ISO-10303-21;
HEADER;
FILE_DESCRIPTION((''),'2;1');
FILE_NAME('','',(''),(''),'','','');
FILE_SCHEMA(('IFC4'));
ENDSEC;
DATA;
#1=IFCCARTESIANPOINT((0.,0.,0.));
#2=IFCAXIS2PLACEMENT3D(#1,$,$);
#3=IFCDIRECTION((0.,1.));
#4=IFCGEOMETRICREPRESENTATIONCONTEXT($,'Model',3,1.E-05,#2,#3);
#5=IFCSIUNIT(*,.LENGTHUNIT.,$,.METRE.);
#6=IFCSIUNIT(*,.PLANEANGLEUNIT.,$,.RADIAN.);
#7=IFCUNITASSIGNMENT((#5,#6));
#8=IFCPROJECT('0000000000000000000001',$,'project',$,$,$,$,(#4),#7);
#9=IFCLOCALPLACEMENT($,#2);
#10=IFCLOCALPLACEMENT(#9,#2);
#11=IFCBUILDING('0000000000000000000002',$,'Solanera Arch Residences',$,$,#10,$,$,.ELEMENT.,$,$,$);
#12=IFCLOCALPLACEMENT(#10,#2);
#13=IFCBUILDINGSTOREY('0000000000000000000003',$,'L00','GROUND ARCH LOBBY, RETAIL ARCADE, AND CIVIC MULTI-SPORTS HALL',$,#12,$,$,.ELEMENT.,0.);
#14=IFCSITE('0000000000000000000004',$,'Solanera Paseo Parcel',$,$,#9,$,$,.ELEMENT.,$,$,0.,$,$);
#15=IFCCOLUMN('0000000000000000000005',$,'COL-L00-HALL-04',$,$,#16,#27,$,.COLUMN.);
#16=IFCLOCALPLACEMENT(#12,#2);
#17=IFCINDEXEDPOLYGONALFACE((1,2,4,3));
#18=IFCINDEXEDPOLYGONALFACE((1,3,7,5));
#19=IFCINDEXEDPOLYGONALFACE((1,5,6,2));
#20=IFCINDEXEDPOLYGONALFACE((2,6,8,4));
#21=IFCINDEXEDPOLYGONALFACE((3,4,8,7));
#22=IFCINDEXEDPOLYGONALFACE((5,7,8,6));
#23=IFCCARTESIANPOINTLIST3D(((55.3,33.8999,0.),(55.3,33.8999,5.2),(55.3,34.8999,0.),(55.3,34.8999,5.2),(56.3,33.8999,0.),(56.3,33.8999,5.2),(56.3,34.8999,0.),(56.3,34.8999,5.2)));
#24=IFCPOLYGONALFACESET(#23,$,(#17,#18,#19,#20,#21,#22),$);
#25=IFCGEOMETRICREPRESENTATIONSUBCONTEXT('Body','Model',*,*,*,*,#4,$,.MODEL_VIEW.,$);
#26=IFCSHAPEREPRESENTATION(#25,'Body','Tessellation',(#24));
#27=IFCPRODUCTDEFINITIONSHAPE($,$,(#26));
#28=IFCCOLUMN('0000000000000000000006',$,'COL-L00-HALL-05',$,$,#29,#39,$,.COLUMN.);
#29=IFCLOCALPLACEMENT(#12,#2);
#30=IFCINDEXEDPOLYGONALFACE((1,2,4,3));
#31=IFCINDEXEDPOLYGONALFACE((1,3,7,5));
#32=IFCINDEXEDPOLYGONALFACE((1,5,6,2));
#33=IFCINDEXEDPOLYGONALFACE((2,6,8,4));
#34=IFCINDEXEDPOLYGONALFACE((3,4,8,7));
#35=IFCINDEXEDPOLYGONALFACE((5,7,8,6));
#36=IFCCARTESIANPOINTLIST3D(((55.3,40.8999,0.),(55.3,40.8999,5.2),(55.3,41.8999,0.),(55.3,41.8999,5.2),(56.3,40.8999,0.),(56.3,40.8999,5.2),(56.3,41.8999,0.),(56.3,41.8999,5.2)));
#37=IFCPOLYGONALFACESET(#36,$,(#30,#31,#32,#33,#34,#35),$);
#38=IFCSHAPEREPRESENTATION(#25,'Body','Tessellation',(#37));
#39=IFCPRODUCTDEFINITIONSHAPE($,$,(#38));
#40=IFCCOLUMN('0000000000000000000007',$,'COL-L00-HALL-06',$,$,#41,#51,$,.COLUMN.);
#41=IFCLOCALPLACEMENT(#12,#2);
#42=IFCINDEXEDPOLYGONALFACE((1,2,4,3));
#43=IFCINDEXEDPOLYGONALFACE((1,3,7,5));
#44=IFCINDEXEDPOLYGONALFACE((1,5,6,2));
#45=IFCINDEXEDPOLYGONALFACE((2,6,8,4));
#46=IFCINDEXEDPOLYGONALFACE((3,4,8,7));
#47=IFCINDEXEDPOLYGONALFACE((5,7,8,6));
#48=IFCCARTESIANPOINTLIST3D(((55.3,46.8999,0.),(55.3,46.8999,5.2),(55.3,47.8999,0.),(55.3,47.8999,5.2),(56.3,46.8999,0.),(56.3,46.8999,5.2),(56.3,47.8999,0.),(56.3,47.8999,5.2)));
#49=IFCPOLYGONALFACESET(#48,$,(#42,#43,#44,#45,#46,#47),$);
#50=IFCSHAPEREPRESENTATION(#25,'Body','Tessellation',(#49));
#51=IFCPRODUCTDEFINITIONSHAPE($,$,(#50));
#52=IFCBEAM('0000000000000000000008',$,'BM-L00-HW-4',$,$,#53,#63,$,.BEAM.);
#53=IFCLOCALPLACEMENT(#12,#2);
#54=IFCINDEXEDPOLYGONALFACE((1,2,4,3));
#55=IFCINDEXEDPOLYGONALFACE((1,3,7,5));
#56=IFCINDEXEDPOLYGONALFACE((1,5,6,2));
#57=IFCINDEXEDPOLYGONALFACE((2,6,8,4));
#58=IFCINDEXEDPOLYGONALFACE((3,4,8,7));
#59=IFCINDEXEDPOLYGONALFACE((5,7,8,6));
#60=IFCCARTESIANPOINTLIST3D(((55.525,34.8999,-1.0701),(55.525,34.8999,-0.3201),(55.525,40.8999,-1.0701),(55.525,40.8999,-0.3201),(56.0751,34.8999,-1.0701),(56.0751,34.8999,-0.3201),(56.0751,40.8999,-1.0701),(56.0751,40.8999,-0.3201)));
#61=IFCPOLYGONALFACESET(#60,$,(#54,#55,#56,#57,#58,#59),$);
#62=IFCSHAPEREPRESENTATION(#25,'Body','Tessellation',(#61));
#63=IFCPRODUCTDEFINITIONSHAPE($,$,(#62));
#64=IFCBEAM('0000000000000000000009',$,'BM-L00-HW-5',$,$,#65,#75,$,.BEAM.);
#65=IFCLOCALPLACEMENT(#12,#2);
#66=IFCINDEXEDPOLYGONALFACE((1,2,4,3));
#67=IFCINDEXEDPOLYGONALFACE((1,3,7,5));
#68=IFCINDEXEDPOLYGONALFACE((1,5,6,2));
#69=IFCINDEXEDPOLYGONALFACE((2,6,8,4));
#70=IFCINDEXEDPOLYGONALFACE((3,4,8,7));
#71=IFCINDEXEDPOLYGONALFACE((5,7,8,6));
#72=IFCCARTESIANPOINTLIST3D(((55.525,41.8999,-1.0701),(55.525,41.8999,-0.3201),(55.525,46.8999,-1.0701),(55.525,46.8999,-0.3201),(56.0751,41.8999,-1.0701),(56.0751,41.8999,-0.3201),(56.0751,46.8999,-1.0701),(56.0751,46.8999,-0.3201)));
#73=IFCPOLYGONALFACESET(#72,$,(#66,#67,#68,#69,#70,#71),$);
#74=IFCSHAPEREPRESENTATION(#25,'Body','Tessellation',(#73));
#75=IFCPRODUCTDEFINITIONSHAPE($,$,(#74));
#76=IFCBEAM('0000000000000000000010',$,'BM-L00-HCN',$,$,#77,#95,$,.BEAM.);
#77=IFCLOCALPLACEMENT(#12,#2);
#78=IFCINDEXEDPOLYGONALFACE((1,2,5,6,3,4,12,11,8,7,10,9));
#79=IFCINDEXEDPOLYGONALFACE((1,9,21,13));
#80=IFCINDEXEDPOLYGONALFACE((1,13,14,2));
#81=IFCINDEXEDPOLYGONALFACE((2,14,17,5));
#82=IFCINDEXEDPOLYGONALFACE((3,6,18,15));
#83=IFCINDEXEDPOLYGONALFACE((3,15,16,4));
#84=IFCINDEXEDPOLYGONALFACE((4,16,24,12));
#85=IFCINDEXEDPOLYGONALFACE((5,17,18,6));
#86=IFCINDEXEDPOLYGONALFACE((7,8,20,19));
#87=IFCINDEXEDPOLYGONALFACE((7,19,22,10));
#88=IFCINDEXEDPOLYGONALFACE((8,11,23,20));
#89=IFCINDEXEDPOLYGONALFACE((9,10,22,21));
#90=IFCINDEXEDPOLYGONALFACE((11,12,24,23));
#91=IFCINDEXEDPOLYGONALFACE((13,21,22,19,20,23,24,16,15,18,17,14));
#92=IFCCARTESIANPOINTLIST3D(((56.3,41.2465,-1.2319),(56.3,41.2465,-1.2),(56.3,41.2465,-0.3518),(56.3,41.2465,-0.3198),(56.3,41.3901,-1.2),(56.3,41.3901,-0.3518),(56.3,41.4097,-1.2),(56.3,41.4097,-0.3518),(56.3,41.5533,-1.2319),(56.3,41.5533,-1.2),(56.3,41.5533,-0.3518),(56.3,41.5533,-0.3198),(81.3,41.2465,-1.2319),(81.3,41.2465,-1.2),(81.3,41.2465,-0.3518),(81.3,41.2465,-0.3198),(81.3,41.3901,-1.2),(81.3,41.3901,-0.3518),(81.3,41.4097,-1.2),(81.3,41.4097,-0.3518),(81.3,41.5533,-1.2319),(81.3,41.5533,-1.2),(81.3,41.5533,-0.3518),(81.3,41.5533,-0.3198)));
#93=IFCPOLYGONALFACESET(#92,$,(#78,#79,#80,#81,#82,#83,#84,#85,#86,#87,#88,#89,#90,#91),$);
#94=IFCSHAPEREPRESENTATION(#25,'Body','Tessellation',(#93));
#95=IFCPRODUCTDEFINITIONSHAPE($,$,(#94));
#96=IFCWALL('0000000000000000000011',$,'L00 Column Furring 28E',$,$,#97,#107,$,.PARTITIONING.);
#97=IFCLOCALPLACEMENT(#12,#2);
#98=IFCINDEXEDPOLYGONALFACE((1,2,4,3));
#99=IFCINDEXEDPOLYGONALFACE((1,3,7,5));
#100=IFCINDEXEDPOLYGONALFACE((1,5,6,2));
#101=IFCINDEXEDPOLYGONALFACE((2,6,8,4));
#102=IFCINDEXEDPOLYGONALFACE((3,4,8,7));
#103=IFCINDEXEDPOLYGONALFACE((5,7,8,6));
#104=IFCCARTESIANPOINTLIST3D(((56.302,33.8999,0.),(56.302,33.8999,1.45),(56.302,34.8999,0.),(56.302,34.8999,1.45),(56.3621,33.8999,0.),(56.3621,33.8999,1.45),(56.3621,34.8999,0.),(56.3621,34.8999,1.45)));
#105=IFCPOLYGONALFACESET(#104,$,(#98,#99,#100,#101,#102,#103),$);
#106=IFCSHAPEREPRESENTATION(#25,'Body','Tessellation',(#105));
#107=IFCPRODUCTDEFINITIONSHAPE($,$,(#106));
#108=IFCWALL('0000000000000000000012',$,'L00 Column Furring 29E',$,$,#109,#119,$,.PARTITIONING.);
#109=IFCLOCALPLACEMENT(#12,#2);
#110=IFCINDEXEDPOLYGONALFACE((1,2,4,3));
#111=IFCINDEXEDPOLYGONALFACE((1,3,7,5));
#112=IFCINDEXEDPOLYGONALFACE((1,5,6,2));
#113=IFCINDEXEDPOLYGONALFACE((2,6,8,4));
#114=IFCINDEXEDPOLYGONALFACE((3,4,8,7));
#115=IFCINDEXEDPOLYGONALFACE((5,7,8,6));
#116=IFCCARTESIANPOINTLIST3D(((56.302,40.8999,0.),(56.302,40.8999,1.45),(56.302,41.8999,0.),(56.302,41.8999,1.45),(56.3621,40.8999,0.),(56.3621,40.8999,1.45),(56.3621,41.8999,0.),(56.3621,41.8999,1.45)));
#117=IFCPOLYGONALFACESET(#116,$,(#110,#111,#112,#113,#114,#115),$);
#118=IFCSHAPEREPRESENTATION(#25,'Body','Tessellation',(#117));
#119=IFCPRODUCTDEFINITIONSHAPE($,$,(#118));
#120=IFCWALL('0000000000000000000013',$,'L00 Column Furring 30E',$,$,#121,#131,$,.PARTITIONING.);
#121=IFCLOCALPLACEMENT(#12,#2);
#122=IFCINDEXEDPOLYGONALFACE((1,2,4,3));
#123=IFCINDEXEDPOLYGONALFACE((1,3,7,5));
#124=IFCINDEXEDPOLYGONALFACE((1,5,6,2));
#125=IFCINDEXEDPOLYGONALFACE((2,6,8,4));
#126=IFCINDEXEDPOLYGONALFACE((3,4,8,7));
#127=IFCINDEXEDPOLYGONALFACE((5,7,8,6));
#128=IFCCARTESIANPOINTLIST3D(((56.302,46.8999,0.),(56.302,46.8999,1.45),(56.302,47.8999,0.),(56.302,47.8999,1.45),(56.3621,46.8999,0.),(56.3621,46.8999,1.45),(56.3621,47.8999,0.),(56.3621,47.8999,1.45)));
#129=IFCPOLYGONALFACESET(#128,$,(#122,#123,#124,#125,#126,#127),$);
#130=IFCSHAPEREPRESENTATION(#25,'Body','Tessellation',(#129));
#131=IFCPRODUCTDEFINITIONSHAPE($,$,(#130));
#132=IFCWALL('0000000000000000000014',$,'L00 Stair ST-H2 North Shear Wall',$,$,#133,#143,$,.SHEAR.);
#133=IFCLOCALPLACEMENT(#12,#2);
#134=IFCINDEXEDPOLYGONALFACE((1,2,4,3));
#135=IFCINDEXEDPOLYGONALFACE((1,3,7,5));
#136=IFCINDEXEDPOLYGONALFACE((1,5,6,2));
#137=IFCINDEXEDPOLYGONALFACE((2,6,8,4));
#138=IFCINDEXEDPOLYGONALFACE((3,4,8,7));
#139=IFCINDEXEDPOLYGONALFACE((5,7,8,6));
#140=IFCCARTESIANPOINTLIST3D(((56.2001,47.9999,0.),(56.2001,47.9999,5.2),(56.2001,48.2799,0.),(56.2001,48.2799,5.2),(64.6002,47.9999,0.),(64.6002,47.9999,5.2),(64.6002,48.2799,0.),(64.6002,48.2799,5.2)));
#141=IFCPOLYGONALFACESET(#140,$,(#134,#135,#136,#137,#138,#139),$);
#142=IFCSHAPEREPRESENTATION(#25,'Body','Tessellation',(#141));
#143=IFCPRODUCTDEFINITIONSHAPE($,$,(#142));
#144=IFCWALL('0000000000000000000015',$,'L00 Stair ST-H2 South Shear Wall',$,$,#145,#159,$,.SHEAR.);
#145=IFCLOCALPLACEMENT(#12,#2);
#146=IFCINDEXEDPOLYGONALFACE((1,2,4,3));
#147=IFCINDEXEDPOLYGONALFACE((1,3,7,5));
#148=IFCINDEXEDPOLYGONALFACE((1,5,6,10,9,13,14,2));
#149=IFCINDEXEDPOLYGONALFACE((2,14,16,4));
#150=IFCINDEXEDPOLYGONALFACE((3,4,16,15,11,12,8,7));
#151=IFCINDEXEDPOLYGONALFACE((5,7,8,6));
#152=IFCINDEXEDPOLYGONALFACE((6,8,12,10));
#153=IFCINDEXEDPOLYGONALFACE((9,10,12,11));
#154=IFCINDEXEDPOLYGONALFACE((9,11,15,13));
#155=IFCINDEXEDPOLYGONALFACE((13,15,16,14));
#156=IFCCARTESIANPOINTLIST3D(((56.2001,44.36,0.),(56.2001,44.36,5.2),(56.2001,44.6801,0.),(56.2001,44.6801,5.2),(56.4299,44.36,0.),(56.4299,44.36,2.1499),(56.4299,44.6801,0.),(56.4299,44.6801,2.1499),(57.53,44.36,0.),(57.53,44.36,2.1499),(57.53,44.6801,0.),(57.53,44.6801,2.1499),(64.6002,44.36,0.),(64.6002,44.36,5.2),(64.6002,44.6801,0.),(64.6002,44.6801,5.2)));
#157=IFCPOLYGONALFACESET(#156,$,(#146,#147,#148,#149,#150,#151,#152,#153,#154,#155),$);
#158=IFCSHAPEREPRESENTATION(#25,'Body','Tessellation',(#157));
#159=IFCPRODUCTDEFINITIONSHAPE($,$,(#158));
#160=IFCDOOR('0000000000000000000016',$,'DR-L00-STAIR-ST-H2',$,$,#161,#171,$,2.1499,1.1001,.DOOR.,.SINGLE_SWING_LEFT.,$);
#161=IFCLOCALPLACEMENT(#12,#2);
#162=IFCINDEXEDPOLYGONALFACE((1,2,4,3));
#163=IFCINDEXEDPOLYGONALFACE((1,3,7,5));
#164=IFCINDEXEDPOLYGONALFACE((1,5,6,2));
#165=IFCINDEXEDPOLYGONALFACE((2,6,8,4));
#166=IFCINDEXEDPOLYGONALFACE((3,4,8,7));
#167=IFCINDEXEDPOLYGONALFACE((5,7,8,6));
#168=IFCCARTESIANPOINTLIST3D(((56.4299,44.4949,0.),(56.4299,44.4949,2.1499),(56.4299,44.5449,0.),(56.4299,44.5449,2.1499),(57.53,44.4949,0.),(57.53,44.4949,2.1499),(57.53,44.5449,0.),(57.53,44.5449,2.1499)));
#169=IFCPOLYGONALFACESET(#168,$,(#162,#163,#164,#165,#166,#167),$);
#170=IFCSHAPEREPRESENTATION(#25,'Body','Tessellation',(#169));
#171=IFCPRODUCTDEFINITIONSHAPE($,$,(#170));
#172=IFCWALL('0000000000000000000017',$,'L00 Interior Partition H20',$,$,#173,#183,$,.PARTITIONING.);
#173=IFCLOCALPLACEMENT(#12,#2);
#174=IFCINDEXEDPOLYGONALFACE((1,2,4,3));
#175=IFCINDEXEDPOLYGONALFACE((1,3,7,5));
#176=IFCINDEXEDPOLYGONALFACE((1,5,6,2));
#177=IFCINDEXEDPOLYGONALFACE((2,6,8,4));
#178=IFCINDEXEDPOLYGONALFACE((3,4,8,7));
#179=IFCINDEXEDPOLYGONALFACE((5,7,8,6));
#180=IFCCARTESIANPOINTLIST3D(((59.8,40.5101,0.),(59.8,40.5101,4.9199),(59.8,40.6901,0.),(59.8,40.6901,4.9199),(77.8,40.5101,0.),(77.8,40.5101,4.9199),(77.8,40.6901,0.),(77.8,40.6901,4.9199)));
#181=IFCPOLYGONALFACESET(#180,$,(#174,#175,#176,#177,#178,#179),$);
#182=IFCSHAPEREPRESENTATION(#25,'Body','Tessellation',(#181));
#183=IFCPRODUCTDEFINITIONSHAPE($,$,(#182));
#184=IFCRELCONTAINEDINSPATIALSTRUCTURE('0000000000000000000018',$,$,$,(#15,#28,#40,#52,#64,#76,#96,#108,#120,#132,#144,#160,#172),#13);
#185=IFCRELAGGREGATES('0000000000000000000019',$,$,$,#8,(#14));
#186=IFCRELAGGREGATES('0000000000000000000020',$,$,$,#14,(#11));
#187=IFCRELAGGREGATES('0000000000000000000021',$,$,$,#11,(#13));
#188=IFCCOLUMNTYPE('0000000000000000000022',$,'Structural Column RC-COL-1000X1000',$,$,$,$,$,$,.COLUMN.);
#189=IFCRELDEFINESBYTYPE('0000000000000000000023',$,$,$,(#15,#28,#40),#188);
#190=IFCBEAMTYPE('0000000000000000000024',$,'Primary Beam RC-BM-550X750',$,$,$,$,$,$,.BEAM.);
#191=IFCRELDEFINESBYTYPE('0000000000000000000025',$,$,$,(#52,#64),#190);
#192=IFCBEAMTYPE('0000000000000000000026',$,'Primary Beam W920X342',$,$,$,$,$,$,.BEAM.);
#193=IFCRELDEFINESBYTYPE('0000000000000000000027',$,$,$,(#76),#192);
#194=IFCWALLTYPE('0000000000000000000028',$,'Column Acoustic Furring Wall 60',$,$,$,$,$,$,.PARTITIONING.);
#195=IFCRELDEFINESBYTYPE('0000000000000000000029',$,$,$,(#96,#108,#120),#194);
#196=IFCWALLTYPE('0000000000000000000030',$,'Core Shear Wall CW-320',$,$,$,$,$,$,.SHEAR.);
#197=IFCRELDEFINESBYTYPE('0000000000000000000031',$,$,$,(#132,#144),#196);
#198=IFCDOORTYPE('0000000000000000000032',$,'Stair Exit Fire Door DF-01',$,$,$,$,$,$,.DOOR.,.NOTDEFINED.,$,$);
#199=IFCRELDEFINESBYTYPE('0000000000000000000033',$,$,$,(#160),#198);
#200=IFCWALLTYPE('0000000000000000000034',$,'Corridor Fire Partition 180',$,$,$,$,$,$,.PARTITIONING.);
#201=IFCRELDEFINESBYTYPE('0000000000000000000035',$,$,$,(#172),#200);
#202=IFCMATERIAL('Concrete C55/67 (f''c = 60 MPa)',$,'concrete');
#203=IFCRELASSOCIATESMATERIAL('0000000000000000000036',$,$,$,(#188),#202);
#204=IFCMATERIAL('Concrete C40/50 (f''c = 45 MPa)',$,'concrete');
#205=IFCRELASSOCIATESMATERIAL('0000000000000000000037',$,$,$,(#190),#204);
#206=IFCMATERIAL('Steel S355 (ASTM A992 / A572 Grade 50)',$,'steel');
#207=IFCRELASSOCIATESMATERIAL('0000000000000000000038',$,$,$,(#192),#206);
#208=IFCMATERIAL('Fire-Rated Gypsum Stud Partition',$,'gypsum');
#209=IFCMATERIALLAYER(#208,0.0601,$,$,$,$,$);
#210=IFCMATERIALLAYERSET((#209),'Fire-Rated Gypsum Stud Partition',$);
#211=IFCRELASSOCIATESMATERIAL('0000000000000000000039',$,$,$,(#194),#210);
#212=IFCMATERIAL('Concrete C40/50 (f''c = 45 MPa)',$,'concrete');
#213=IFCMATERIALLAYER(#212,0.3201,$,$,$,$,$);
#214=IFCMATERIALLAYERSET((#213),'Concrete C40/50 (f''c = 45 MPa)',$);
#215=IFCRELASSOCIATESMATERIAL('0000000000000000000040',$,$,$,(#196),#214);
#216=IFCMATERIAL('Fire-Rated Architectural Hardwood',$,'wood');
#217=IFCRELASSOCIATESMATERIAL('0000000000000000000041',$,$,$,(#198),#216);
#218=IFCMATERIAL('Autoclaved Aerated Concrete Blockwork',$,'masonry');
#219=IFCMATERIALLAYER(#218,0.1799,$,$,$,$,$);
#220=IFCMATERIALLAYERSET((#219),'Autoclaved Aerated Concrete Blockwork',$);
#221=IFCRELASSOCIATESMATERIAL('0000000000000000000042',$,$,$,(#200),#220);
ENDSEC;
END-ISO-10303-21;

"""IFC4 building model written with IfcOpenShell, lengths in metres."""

from ifc_helpers import new_model, si_unit, direction, frame, frame_2d, origin, origin_2d, place, context, subcontext, project, spatial, rectangle, i_section, extrude, material, layer, layer_set, material_profile, profile_set, type_object, element, fill, save


model = new_model("IFC4")

# Units and contexts
model_context = context("Model", 3, precision=1e-05, world=origin(), true_north=direction((0.0, 1.0)))
body_context = subcontext(model_context, "Body", "Model", "MODEL_VIEW")
ifc_project = project(units=[si_unit("LENGTHUNIT", "METRE"), si_unit("PLANEANGLEUNIT", "RADIAN")], contexts=[model_context])

# Site, building, storey
site_placement = place(None, origin())
site = spatial("IfcSite", under=ifc_project, at=site_placement, Name="Solanera Paseo Parcel", CompositionType="ELEMENT", RefElevation=0.0)
building_placement = place(site_placement, origin())
building = spatial("IfcBuilding", under=site, at=building_placement, Name="Solanera Arch Residences", CompositionType="ELEMENT")
storey_placement = place(building_placement, origin())
storey = spatial("IfcBuildingStorey", under=building, at=storey_placement, Name="L00", Description="GROUND ARCH LOBBY, RETAIL ARCADE, AND CIVIC MULTI-SPORTS HALL", CompositionType="ELEMENT", Elevation=0.0)

# Columns
ifc_material_1 = material(Name="Concrete C55/67 (f'c = 60 MPa)", Category="concrete")
ifc_material_profile_1 = material_profile(ifc_material_1, rectangle(XDim=1.0, YDim=1.0, at=origin_2d()))
ifc_profile_set_1 = profile_set([ifc_material_profile_1], Name="Concrete C55/67 (f'c = 60 MPa)")
column_type = type_object("IfcColumnType", Name="Structural Column RC-COL-1000X1000", PredefinedType="COLUMN", material=ifc_profile_set_1)
for number, where, z_axis, x_axis, name in (
    (1, (55.8, 34.3999, 0.0), (0.0, 0.0, 1.0), (1.0, 0.0, 0.0), "COL-L00-HALL-04"),
    (2, (55.8, 41.3999, 0.0), (0.0, 0.0, 1.0), (1.0, 0.0, 0.0), "COL-L00-HALL-05"),
    (3, (55.8, 47.3999, 0.0), (0.0, 0.0, 1.0), (1.0, 0.0, 0.0), "COL-L00-HALL-06"),
):
    element("IfcColumn", number, at=place(storey_placement, frame(where, z_axis=z_axis, x_axis=x_axis)), inside=storey, type_object=column_type, Name=name, PredefinedType="COLUMN", context=body_context, shape_type="SweptSolid", body=[
        extrude(rectangle(XDim=1.0, YDim=1.0, at=origin_2d()), origin(), (0.0, 0.0, 1.0), 5.2),
    ])

# Beams
ifc_material_2 = material(Name="Concrete C40/50 (f'c = 45 MPa)", Category="concrete")
ifc_material_profile_2 = material_profile(ifc_material_2, rectangle(XDim=0.55, YDim=0.75, at=origin_2d()))
ifc_profile_set_2 = profile_set([ifc_material_profile_2], Name="Concrete C40/50 (f'c = 45 MPa)")
beam_type_1 = type_object("IfcBeamType", Name="Primary Beam RC-BM-550X750", PredefinedType="BEAM", material=ifc_profile_set_2)
beam_1_placement = place(storey_placement, frame((55.8, 34.8999, -0.6951), z_axis=(0.0, 1.0, 0.0), x_axis=(-1.0, 0.0, 0.0)))
element("IfcBeam", 4, at=beam_1_placement, inside=storey, type_object=beam_type_1, Name="BM-L00-HW-4", PredefinedType="BEAM", context=body_context, shape_type="SweptSolid", body=[
    extrude(rectangle(XDim=0.55, YDim=0.75, at=origin_2d()), origin(), (0.0, 0.0, 1.0), 6.0),
])
beam_2_placement = place(storey_placement, frame((55.8, 41.8999, -0.6951), z_axis=(0.0, 1.0, 0.0), x_axis=(-1.0, 0.0, 0.0)))
element("IfcBeam", 5, at=beam_2_placement, inside=storey, type_object=beam_type_1, Name="BM-L00-HW-5", PredefinedType="BEAM", context=body_context, shape_type="SweptSolid", body=[
    extrude(rectangle(XDim=0.55, YDim=0.75, at=origin_2d()), origin(), (0.0, 0.0, 1.0), 5.0),
])
ifc_material_3 = material(Name="Steel S355 (ASTM A992 / A572 Grade 50)", Category="steel")
ifc_material_profile_3 = material_profile(ifc_material_3, i_section(OverallWidth=0.3069, OverallDepth=0.9121, WebThickness=0.0195, FlangeThickness=0.032, at=origin_2d()))
ifc_profile_set_3 = profile_set([ifc_material_profile_3], Name="Steel S355 (ASTM A992 / A572 Grade 50)")
beam_type_2 = type_object("IfcBeamType", Name="Primary Beam W920X342", PredefinedType="BEAM", material=ifc_profile_set_3)
beam_3_placement = place(storey_placement, frame((56.3, 41.3999, -0.7759), z_axis=(1.0, 0.0, 0.0), x_axis=(0.0, 1.0, 0.0)))
element("IfcBeam", 6, at=beam_3_placement, inside=storey, type_object=beam_type_2, Name="BM-L00-HCN", PredefinedType="BEAM", context=body_context, shape_type="SweptSolid", body=[
    extrude(i_section(OverallWidth=0.3069, OverallDepth=0.9121, WebThickness=0.0195, FlangeThickness=0.032, at=origin_2d()), origin(), (0.0, 0.0, 1.0), 25.0),
])

# Walls
ifc_material_4 = material(Name="Fire-Rated Gypsum Stud Partition", Category="gypsum")
ifc_layer_1 = layer(ifc_material_4, 0.0601)
ifc_layer_set_1 = layer_set([ifc_layer_1], Name="Fire-Rated Gypsum Stud Partition")
wall_type_1 = type_object("IfcWallType", Name="Column Acoustic Furring Wall 60", PredefinedType="PARTITIONING", material=ifc_layer_set_1)
for number, where, z_axis, x_axis, name in (
    (7, (56.332, 33.8999, 0.0), (0.0, 0.0, 1.0), (0.0, 1.0, 0.0), "L00 Column Furring 28E"),
    (8, (56.332, 40.8999, 0.0), (0.0, 0.0, 1.0), (0.0, 1.0, 0.0), "L00 Column Furring 29E"),
    (9, (56.332, 46.8999, 0.0), (0.0, 0.0, 1.0), (0.0, 1.0, 0.0), "L00 Column Furring 30E"),
):
    element("IfcWall", number, at=place(storey_placement, frame(where, z_axis=z_axis, x_axis=x_axis)), inside=storey, type_object=wall_type_1, Name=name, PredefinedType="PARTITIONING", context=body_context, shape_type="SweptSolid", body=[
        extrude(rectangle(XDim=1.0, YDim=0.0601, at=frame_2d((0.5, 0.0))), origin(), (0.0, 0.0, 1.0), 1.45),
    ])
ifc_material_5 = material(Name="Concrete C40/50 (f'c = 45 MPa)", Category="concrete")
ifc_layer_2 = layer(ifc_material_5, 0.3201)
ifc_layer_set_2 = layer_set([ifc_layer_2], Name="Concrete C40/50 (f'c = 45 MPa)")
wall_type_2 = type_object("IfcWallType", Name="Core Shear Wall CW-320", PredefinedType="SHEAR", material=ifc_layer_set_2)
wall_1_placement = place(storey_placement, frame((56.2, 48.1399, 0.0), z_axis=(0.0, 0.0, 1.0), x_axis=(1.0, 0.0, 0.0)))
element("IfcWall", 10, at=wall_1_placement, inside=storey, type_object=wall_type_2, Name="L00 Stair ST-H2 North Shear Wall", PredefinedType="SHEAR", context=body_context, shape_type="SweptSolid", body=[
    extrude(rectangle(XDim=8.4001, YDim=0.28, at=frame_2d((4.2002, 0.0))), origin(), (0.0, 0.0, 1.0), 5.2),
])

# Wall, opening, door
wall_2_placement = place(storey_placement, frame((56.2, 44.52, 0.0), z_axis=(0.0, 0.0, 1.0), x_axis=(1.0, 0.0, 0.0)))
wall_2 = element("IfcWall", 11, at=wall_2_placement, inside=storey, type_object=wall_type_2, Name="L00 Stair ST-H2 South Shear Wall", PredefinedType="SHEAR", context=body_context, shape_type="SweptSolid", body=[
    extrude(rectangle(XDim=8.4001, YDim=0.3201, at=frame_2d((4.2002, 0.0))), origin(), (0.0, 0.0, 1.0), 5.2),
])
opening_1_placement = place(wall_2_placement, frame((0.23, 0.0, 0.0)))
opening_1 = element("IfcOpeningElement", 12, at=opening_1_placement, cuts=wall_2, PredefinedType="OPENING", context=body_context, shape_type="SweptSolid", body=[
    extrude(rectangle(XDim=1.1001, YDim=2.1499, at=frame_2d((0.55, 1.075))), frame((0.0, 0.1699, 0.0), z_axis=(0.0, -1.0, 0.0), x_axis=(1.0, 0.0, 0.0)), (0.0, 0.0, 1.0), 0.3401),
])
ifc_material_6 = material(Name="Fire-Rated Architectural Hardwood", Category="wood")
door_type_1 = type_object("IfcDoorType", Name="Stair Exit Fire Door DF-01", OperationType="NOTDEFINED", PredefinedType="DOOR", material=ifc_material_6)
door_1_placement = place(opening_1_placement, origin())
door_1 = element("IfcDoor", 13, at=door_1_placement, inside=storey, type_object=door_type_1, Name="DR-L00-STAIR-ST-H2", OperationType="SINGLE_SWING_LEFT", OverallHeight=2.1499, OverallWidth=1.1001, PredefinedType="DOOR", context=body_context, shape_type="SweptSolid", body=[
    extrude(rectangle(XDim=1.1001, YDim=2.1499, at=frame_2d((0.55, 1.075))), frame((0.0, 0.0249, 0.0), z_axis=(0.0, -1.0, 0.0), x_axis=(1.0, 0.0, 0.0)), (0.0, 0.0, 1.0), 0.05),
])
fill(opening_1, door_1)

# Wall
ifc_material_7 = material(Name="Autoclaved Aerated Concrete Blockwork", Category="masonry")
ifc_layer_3 = layer(ifc_material_7, 0.1799)
ifc_layer_set_3 = layer_set([ifc_layer_3], Name="Autoclaved Aerated Concrete Blockwork")
wall_type_3 = type_object("IfcWallType", Name="Corridor Fire Partition 180", PredefinedType="PARTITIONING", material=ifc_layer_set_3)
wall_3_placement = place(storey_placement, frame((59.8, 40.6001, 0.0), z_axis=(0.0, 0.0, 1.0), x_axis=(1.0, 0.0, 0.0)))
element("IfcWall", 14, at=wall_3_placement, inside=storey, type_object=wall_type_3, Name="L00 Interior Partition H20", PredefinedType="PARTITIONING", context=body_context, shape_type="SweptSolid", body=[
    extrude(rectangle(XDim=18.0, YDim=0.1799, at=frame_2d((9.0, 0.0))), origin(), (0.0, 0.0, 1.0), 4.9199),
])

save(model, "model.ifc")
